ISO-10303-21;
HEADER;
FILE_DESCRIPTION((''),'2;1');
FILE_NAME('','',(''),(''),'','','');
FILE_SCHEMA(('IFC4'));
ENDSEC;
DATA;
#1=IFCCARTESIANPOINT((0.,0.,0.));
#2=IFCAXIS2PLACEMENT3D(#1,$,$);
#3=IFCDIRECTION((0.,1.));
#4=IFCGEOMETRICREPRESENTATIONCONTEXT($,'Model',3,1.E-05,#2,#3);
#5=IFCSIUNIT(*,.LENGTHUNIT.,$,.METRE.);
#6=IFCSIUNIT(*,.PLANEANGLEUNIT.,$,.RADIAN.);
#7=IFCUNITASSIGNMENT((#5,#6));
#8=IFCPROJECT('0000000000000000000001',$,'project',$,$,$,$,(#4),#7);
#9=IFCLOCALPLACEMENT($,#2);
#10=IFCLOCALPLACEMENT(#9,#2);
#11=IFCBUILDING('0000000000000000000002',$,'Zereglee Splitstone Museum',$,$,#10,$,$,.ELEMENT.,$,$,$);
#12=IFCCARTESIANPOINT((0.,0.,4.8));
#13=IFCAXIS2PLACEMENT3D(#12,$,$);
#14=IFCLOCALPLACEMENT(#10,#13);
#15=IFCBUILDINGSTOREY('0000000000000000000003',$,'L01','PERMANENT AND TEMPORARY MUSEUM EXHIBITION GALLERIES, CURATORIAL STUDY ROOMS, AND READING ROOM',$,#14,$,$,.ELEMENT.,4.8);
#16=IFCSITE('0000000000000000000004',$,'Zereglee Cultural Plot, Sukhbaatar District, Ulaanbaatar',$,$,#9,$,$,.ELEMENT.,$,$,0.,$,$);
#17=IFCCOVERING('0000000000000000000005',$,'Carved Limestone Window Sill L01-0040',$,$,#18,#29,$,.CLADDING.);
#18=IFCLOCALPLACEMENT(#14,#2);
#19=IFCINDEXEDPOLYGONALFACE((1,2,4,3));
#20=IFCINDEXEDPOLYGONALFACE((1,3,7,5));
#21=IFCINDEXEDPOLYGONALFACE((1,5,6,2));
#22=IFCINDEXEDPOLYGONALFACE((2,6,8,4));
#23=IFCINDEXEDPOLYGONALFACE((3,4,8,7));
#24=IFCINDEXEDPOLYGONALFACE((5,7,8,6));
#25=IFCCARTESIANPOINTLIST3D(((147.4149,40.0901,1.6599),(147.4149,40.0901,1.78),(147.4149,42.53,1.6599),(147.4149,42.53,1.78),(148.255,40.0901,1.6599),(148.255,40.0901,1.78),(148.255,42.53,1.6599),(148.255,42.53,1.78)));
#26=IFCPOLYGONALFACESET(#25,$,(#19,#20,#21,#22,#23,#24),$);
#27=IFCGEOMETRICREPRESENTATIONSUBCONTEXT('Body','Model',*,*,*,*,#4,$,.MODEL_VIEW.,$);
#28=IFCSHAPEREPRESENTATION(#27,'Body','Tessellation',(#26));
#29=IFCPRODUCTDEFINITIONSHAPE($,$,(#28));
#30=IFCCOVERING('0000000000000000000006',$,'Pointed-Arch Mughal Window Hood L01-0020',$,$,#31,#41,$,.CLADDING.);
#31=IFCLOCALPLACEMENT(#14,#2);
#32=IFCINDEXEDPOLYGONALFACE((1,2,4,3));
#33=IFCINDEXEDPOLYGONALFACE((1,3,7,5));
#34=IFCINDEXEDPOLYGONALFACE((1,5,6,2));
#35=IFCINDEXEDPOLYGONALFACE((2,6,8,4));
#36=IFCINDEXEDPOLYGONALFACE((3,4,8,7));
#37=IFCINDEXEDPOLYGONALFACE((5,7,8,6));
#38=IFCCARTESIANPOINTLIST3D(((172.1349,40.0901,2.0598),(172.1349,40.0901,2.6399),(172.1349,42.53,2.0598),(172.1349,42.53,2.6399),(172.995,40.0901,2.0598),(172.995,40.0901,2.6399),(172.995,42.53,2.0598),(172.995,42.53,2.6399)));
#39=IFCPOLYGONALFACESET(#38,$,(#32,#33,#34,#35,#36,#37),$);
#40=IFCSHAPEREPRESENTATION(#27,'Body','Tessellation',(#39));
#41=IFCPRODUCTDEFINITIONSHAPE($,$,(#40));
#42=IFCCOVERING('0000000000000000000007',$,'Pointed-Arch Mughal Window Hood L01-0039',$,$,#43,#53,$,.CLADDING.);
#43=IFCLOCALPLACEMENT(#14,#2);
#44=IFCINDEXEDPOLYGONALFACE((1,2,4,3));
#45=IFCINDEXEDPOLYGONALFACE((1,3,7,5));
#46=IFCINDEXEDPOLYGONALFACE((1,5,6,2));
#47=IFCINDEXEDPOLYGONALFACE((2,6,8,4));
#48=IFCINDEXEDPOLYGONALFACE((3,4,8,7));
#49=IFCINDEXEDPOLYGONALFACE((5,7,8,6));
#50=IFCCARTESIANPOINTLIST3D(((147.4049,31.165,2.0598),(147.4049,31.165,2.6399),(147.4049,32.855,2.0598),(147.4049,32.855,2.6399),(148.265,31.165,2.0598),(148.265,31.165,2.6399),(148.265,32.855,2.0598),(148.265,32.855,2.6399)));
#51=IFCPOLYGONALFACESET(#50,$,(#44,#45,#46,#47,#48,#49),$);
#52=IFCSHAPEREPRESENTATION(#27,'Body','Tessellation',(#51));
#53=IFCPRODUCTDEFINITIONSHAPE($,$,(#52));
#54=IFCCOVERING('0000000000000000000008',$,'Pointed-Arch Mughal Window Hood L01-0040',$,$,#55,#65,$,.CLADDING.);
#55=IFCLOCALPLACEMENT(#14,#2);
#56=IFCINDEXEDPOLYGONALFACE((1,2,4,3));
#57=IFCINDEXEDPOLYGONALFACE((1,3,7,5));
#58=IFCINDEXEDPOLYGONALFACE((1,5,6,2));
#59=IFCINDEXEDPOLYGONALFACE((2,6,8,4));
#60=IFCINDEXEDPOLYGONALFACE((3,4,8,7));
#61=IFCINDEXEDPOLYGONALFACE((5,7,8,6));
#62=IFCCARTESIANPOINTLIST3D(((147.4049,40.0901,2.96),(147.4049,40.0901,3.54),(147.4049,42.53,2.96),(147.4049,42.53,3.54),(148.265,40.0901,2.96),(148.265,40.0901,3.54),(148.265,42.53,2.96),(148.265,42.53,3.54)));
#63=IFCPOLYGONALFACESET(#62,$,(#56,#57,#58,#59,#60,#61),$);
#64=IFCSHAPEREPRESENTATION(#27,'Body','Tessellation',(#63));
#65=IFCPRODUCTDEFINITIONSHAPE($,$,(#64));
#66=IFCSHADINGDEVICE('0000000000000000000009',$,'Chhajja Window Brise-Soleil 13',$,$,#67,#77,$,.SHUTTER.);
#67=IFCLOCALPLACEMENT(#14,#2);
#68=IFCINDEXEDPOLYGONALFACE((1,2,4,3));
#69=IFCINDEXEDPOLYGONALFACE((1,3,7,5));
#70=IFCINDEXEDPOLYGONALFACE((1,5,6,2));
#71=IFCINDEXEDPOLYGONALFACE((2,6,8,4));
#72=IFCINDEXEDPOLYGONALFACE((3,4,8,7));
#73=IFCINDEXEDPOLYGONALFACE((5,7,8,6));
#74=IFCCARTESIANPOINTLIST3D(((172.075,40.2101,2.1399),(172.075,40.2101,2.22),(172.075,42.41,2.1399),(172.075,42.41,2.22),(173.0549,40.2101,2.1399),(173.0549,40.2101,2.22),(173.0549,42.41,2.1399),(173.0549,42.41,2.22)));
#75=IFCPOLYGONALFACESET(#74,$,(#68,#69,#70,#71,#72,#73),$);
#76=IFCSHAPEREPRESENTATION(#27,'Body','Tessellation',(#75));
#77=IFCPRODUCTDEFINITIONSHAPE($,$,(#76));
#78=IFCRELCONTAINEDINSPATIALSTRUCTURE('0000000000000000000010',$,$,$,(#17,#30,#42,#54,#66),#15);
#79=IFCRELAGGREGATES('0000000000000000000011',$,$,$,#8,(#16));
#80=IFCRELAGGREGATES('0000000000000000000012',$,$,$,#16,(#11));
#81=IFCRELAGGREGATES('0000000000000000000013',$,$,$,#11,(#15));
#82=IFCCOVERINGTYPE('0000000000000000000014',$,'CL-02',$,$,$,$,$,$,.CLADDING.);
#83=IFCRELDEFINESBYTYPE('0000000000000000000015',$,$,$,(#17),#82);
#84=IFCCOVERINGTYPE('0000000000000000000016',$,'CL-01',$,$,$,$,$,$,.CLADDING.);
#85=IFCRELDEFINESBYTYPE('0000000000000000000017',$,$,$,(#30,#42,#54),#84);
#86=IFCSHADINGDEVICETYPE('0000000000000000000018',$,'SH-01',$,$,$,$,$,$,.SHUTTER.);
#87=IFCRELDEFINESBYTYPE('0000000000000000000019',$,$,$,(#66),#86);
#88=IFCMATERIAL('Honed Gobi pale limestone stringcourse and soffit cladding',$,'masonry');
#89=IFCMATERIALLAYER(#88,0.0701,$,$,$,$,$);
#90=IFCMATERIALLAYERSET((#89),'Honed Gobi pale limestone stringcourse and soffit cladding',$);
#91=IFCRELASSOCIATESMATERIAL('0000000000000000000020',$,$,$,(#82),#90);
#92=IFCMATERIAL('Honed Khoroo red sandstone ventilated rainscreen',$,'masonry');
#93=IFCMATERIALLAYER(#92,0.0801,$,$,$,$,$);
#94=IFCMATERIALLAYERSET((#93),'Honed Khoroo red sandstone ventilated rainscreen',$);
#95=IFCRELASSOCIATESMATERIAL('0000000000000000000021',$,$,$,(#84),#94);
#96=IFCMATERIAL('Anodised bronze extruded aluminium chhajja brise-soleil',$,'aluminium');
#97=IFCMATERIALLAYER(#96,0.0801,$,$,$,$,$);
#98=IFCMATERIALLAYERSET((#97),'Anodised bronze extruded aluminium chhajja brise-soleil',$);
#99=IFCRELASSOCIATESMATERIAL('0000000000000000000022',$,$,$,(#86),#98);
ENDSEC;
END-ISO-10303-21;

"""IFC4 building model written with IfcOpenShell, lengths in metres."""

from ifc_helpers import new_model, si_unit, direction, frame, origin, origin_2d, place, context, subcontext, project, spatial, rectangle, extrude, material, layer, layer_set, type_object, element, save


model = new_model("IFC4")

# Units and contexts
model_context = context("Model", 3, precision=1e-05, world=origin(), true_north=direction((0.0, 1.0)))
body_context = subcontext(model_context, "Body", "Model", "MODEL_VIEW")
ifc_project = project(units=[si_unit("LENGTHUNIT", "METRE"), si_unit("PLANEANGLEUNIT", "RADIAN")], contexts=[model_context])

# Site, building, storey
site_placement = place(None, origin())
site = spatial("IfcSite", under=ifc_project, at=site_placement, Name="Zereglee Cultural Plot, Sukhbaatar District, Ulaanbaatar", CompositionType="ELEMENT", RefElevation=0.0)
building_placement = place(site_placement, origin())
building = spatial("IfcBuilding", under=site, at=building_placement, Name="Zereglee Splitstone Museum", CompositionType="ELEMENT")
storey_placement = place(building_placement, frame((0.0, 0.0, 4.8)))
storey = spatial("IfcBuildingStorey", under=building, at=storey_placement, Name="L01", Description="PERMANENT AND TEMPORARY MUSEUM EXHIBITION GALLERIES, CURATORIAL STUDY ROOMS, AND READING ROOM", CompositionType="ELEMENT", Elevation=4.8)

# Coverings
ifc_material_1 = material(Name="Honed Gobi pale limestone stringcourse and soffit cladding", Category="masonry")
ifc_layer_1 = layer(ifc_material_1, 0.0701)
ifc_layer_set_1 = layer_set([ifc_layer_1], Name="Honed Gobi pale limestone stringcourse and soffit cladding")
covering_type_1 = type_object("IfcCoveringType", Name="CL-02", PredefinedType="CLADDING", material=ifc_layer_set_1)
covering_1_placement = place(storey_placement, frame((147.835, 41.3101, 1.6599), z_axis=(0.0, 0.0, 1.0), x_axis=(0.0, 1.0, 0.0)))
element("IfcCovering", 1, at=covering_1_placement, inside=storey, type_object=covering_type_1, Name="Carved Limestone Window Sill L01-0040", PredefinedType="CLADDING", context=body_context, shape_type="SweptSolid", body=[
    extrude(rectangle(XDim=2.4399, YDim=0.8401, at=origin_2d()), origin(), (0.0, 0.0, 1.0), 0.1201),
])
ifc_material_2 = material(Name="Honed Khoroo red sandstone ventilated rainscreen", Category="masonry")
ifc_layer_2 = layer(ifc_material_2, 0.0801)
ifc_layer_set_2 = layer_set([ifc_layer_2], Name="Honed Khoroo red sandstone ventilated rainscreen")
covering_type_2 = type_object("IfcCoveringType", Name="CL-01", PredefinedType="CLADDING", material=ifc_layer_set_2)
covering_2_placement = place(storey_placement, frame((172.5649, 41.3101, 2.0598), z_axis=(0.0, 0.0, 1.0), x_axis=(0.0, -1.0, 0.0)))
element("IfcCovering", 2, at=covering_2_placement, inside=storey, type_object=covering_type_2, Name="Pointed-Arch Mughal Window Hood L01-0020", PredefinedType="CLADDING", context=body_context, shape_type="SweptSolid", body=[
    extrude(rectangle(XDim=2.4399, YDim=0.8601, at=origin_2d()), origin(), (0.0, 0.0, 1.0), 0.5801),
])
covering_3_placement = place(storey_placement, frame((147.835, 32.01, 2.0598), z_axis=(0.0, 0.0, 1.0), x_axis=(0.0, 1.0, 0.0)))
element("IfcCovering", 3, at=covering_3_placement, inside=storey, type_object=covering_type_2, Name="Pointed-Arch Mughal Window Hood L01-0039", PredefinedType="CLADDING", context=body_context, shape_type="SweptSolid", body=[
    extrude(rectangle(XDim=1.6899, YDim=0.8601, at=origin_2d()), origin(), (0.0, 0.0, 1.0), 0.5801),
])
covering_4_placement = place(storey_placement, frame((147.835, 41.3101, 2.96), z_axis=(0.0, 0.0, 1.0), x_axis=(0.0, 1.0, 0.0)))
element("IfcCovering", 4, at=covering_4_placement, inside=storey, type_object=covering_type_2, Name="Pointed-Arch Mughal Window Hood L01-0040", PredefinedType="CLADDING", context=body_context, shape_type="SweptSolid", body=[
    extrude(rectangle(XDim=2.4399, YDim=0.8601, at=origin_2d()), origin(), (0.0, 0.0, 1.0), 0.5801),
])

# Shading device
ifc_material_3 = material(Name="Anodised bronze extruded aluminium chhajja brise-soleil", Category="aluminium")
ifc_layer_3 = layer(ifc_material_3, 0.0801)
ifc_layer_set_3 = layer_set([ifc_layer_3], Name="Anodised bronze extruded aluminium chhajja brise-soleil")
shading_device_type = type_object("IfcShadingDeviceType", Name="SH-01", PredefinedType="SHUTTER", material=ifc_layer_set_3)
shading_device_placement = place(storey_placement, frame((172.5649, 41.3101, 2.1399), z_axis=(0.0, 0.0, 1.0), x_axis=(0.0, -1.0, 0.0)))
element("IfcShadingDevice", 5, at=shading_device_placement, inside=storey, type_object=shading_device_type, Name="Chhajja Window Brise-Soleil 13", PredefinedType="SHUTTER", context=body_context, shape_type="SweptSolid", body=[
    extrude(rectangle(XDim=2.2, YDim=0.98, at=origin_2d()), origin(), (0.0, 0.0, 1.0), 0.0801),
])

save(model, "model.ifc")
